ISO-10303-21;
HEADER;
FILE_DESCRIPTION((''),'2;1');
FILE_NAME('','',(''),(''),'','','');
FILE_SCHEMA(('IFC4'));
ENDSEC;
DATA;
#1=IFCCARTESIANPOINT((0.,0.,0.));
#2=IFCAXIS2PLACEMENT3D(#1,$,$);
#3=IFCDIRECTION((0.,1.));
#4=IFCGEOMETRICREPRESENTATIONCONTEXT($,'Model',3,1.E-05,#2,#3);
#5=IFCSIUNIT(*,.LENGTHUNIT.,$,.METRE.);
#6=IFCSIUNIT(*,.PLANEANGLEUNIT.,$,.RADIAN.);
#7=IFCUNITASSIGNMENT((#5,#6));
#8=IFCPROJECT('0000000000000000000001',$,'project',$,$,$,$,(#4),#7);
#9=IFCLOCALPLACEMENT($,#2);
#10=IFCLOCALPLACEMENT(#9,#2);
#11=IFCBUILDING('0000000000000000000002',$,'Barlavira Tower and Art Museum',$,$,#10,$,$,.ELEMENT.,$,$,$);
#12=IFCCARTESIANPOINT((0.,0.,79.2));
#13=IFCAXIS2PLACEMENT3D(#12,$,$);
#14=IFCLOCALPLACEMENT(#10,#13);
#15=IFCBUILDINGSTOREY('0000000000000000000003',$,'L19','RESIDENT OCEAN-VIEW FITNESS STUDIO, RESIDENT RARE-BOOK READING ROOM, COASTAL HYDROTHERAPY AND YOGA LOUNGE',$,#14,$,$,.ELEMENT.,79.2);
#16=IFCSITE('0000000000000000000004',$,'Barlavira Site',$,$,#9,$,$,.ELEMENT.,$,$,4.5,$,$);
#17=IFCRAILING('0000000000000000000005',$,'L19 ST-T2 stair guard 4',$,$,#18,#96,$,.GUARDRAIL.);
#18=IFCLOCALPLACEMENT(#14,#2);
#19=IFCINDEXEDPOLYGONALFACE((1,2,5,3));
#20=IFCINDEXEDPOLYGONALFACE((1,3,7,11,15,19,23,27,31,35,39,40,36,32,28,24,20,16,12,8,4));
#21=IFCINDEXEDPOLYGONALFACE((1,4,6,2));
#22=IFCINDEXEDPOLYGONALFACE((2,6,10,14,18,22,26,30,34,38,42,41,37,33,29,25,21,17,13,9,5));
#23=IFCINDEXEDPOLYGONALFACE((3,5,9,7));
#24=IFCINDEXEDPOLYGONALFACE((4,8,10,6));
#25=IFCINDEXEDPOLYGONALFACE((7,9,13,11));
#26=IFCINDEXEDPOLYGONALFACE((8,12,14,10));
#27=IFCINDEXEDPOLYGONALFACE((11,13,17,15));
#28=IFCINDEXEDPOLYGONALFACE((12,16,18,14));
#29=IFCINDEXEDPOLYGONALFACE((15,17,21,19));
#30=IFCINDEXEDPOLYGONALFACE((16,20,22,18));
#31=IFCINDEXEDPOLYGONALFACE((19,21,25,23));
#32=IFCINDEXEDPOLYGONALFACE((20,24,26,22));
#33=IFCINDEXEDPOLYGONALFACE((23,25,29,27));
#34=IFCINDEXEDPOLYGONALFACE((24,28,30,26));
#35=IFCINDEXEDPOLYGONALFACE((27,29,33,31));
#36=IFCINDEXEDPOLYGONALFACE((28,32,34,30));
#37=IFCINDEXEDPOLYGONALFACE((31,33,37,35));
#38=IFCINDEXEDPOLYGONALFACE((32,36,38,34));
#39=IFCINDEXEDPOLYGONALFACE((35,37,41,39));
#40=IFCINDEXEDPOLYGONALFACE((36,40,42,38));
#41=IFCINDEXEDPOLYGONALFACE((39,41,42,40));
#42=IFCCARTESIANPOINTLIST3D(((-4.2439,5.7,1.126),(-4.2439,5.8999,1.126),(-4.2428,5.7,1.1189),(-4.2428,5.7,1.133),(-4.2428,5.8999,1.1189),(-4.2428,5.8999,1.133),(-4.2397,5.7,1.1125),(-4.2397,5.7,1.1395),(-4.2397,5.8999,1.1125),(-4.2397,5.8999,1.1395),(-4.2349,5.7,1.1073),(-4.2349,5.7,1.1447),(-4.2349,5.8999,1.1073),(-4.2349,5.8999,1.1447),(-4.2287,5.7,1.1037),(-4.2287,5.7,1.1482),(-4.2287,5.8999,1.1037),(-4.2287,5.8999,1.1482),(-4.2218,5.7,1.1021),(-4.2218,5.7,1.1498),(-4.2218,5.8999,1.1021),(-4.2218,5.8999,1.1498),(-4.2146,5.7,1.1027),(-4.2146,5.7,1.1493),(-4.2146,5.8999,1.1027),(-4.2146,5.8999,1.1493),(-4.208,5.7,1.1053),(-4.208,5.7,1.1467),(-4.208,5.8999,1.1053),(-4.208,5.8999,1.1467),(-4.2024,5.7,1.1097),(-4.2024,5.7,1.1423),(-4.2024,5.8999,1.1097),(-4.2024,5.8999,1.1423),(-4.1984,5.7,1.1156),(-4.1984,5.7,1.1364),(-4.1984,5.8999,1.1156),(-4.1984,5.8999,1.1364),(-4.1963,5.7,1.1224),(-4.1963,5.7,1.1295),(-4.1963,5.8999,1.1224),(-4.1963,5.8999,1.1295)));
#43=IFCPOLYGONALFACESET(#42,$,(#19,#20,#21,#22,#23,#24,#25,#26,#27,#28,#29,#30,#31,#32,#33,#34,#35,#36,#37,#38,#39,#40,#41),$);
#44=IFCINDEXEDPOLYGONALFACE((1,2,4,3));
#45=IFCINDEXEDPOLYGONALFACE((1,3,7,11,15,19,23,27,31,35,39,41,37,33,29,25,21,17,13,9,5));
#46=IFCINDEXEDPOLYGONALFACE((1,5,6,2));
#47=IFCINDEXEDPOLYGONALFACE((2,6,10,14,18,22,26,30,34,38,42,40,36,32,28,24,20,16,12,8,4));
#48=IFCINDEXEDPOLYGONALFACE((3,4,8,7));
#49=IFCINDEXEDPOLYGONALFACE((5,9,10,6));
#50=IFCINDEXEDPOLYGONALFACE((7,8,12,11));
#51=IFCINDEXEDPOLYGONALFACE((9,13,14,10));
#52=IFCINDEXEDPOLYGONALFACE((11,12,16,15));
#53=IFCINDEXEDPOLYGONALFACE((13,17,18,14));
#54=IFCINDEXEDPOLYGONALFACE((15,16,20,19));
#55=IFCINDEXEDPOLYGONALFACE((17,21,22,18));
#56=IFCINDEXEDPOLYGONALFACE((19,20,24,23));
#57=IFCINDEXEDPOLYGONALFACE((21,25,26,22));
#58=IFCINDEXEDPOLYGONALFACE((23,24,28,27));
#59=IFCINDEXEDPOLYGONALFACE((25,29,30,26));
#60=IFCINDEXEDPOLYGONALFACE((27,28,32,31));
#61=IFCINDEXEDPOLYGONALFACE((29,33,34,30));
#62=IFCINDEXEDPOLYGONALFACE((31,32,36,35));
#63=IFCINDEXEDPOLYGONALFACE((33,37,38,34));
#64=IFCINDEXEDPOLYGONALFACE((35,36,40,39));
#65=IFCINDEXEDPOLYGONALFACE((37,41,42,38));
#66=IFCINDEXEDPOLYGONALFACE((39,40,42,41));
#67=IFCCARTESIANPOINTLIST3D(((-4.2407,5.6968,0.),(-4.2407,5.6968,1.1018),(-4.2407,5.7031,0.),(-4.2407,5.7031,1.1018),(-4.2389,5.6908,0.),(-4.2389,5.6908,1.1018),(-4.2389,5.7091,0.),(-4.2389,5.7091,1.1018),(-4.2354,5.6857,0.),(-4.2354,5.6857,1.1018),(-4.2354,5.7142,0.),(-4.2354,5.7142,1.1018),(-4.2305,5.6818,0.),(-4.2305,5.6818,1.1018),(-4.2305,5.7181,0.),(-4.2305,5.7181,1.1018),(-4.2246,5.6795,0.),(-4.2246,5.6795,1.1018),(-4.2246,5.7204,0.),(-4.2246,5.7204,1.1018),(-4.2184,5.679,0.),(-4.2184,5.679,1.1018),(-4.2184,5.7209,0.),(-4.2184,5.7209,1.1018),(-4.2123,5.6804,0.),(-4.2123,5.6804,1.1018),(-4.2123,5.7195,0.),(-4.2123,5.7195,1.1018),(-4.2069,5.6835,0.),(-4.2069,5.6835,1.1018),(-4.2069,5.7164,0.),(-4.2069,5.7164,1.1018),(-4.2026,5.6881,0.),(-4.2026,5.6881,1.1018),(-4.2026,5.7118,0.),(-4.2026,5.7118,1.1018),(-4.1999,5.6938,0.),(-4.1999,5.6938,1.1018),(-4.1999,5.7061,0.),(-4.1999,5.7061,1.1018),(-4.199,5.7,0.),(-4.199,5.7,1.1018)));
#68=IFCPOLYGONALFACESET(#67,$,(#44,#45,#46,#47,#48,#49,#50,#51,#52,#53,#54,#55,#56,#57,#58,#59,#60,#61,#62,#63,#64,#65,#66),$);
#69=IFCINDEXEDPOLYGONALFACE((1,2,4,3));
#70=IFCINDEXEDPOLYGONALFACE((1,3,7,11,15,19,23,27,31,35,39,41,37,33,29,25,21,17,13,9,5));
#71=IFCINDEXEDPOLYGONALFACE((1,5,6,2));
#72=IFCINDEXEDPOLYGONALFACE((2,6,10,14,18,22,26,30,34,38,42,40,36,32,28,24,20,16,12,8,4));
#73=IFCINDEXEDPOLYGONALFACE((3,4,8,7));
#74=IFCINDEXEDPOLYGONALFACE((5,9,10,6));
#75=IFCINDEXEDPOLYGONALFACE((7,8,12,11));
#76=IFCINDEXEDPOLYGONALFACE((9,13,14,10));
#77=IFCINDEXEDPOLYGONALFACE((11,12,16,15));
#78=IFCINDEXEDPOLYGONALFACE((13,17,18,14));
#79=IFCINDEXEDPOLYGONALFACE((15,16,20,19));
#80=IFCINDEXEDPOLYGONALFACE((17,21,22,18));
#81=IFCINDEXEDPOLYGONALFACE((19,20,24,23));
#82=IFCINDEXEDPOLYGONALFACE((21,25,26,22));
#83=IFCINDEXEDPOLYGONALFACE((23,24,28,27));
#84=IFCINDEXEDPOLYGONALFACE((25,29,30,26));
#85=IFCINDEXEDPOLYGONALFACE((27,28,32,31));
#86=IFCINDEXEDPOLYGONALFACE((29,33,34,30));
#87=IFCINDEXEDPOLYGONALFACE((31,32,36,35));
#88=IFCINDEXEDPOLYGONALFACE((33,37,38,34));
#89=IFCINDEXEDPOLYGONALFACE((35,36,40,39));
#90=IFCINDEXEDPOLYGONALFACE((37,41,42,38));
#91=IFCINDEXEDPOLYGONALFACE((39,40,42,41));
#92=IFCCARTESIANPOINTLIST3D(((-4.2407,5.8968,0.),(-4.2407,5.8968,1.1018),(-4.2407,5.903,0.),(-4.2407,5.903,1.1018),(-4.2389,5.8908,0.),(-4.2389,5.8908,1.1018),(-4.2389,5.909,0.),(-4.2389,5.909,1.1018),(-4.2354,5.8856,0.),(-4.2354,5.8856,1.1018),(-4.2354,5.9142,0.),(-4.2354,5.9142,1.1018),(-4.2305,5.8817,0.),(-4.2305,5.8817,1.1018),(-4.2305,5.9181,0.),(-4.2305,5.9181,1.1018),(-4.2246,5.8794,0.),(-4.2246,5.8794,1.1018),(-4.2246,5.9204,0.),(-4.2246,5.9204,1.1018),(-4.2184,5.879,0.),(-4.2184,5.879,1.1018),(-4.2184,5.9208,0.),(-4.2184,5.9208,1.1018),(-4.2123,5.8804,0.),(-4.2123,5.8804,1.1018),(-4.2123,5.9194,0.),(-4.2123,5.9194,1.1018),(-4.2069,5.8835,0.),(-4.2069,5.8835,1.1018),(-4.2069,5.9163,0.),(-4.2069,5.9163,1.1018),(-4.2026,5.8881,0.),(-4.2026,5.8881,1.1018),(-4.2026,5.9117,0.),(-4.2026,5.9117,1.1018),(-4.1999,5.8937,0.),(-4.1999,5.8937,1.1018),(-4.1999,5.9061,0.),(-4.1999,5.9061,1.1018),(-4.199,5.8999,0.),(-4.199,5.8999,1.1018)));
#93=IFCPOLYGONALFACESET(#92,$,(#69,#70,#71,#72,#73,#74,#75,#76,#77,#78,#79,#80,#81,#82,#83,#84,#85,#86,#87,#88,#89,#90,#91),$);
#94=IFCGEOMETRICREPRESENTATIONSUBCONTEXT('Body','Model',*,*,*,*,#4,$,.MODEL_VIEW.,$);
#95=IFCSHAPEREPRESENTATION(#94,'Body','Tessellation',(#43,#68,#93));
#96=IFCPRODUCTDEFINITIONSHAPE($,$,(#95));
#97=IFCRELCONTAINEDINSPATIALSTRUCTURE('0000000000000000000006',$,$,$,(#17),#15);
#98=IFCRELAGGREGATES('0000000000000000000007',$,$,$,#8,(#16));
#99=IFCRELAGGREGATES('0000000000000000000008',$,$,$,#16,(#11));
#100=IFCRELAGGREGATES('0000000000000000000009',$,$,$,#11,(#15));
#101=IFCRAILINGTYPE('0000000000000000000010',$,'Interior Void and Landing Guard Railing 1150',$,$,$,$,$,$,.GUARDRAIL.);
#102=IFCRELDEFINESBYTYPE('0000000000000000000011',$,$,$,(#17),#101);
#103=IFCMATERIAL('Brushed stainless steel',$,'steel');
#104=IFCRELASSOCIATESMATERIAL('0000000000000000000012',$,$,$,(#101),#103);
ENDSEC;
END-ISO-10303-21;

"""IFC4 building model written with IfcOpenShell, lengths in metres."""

from ifc_helpers import new_model, si_unit, direction, frame, origin, origin_2d, place, context, subcontext, project, spatial, circle, extrude, material, type_object, element, save


model = new_model("IFC4")

# Units and contexts
model_context = context("Model", 3, precision=1e-05, world=origin(), true_north=direction((0.0, 1.0)))
body_context = subcontext(model_context, "Body", "Model", "MODEL_VIEW")
ifc_project = project(units=[si_unit("LENGTHUNIT", "METRE"), si_unit("PLANEANGLEUNIT", "RADIAN")], contexts=[model_context])

# Site, building, storey
site_placement = place(None, origin())
site = spatial("IfcSite", under=ifc_project, at=site_placement, Name="Barlavira Site", CompositionType="ELEMENT", RefElevation=4.5)
building_placement = place(site_placement, origin())
building = spatial("IfcBuilding", under=site, at=building_placement, Name="Barlavira Tower and Art Museum", CompositionType="ELEMENT")
storey_placement = place(building_placement, frame((0.0, 0.0, 79.2)))
storey = spatial("IfcBuildingStorey", under=building, at=storey_placement, Name="L19", Description="RESIDENT OCEAN-VIEW FITNESS STUDIO, RESIDENT RARE-BOOK READING ROOM, COASTAL HYDROTHERAPY AND YOGA LOUNGE", CompositionType="ELEMENT", Elevation=79.2)

# Shared definitions
ifc_material_1 = material(Name="Brushed stainless steel", Category="steel")

# Railing
railing_type_1 = type_object("IfcRailingType", Name="Interior Void and Landing Guard Railing 1150", PredefinedType="GUARDRAIL", material=ifc_material_1)
railing_1_placement = place(storey_placement, frame((-4.22, 5.7, 0.0)))
element("IfcRailing", 1, at=railing_1_placement, inside=storey, type_object=railing_type_1, Name="L19 ST-T2 stair guard 4", PredefinedType="GUARDRAIL", context=body_context, shape_type="SweptSolid", body=[
    extrude(circle(Radius=0.0239, at=origin_2d()), frame((0.0, 0.0, 1.126), z_axis=(0.0, 1.0, 0.0), x_axis=(-1.0, 0.0, 0.0)), (0.0, 0.0, 1.0), 0.2),
    extrude(circle(Radius=0.021, at=origin_2d()), origin(), (0.0, 0.0, 1.0), 1.1018),
    extrude(circle(Radius=0.021, at=origin_2d()), frame((0.0, 0.2, 0.0)), (0.0, 0.0, 1.0), 1.1018),
])

save(model, "model.ifc")
